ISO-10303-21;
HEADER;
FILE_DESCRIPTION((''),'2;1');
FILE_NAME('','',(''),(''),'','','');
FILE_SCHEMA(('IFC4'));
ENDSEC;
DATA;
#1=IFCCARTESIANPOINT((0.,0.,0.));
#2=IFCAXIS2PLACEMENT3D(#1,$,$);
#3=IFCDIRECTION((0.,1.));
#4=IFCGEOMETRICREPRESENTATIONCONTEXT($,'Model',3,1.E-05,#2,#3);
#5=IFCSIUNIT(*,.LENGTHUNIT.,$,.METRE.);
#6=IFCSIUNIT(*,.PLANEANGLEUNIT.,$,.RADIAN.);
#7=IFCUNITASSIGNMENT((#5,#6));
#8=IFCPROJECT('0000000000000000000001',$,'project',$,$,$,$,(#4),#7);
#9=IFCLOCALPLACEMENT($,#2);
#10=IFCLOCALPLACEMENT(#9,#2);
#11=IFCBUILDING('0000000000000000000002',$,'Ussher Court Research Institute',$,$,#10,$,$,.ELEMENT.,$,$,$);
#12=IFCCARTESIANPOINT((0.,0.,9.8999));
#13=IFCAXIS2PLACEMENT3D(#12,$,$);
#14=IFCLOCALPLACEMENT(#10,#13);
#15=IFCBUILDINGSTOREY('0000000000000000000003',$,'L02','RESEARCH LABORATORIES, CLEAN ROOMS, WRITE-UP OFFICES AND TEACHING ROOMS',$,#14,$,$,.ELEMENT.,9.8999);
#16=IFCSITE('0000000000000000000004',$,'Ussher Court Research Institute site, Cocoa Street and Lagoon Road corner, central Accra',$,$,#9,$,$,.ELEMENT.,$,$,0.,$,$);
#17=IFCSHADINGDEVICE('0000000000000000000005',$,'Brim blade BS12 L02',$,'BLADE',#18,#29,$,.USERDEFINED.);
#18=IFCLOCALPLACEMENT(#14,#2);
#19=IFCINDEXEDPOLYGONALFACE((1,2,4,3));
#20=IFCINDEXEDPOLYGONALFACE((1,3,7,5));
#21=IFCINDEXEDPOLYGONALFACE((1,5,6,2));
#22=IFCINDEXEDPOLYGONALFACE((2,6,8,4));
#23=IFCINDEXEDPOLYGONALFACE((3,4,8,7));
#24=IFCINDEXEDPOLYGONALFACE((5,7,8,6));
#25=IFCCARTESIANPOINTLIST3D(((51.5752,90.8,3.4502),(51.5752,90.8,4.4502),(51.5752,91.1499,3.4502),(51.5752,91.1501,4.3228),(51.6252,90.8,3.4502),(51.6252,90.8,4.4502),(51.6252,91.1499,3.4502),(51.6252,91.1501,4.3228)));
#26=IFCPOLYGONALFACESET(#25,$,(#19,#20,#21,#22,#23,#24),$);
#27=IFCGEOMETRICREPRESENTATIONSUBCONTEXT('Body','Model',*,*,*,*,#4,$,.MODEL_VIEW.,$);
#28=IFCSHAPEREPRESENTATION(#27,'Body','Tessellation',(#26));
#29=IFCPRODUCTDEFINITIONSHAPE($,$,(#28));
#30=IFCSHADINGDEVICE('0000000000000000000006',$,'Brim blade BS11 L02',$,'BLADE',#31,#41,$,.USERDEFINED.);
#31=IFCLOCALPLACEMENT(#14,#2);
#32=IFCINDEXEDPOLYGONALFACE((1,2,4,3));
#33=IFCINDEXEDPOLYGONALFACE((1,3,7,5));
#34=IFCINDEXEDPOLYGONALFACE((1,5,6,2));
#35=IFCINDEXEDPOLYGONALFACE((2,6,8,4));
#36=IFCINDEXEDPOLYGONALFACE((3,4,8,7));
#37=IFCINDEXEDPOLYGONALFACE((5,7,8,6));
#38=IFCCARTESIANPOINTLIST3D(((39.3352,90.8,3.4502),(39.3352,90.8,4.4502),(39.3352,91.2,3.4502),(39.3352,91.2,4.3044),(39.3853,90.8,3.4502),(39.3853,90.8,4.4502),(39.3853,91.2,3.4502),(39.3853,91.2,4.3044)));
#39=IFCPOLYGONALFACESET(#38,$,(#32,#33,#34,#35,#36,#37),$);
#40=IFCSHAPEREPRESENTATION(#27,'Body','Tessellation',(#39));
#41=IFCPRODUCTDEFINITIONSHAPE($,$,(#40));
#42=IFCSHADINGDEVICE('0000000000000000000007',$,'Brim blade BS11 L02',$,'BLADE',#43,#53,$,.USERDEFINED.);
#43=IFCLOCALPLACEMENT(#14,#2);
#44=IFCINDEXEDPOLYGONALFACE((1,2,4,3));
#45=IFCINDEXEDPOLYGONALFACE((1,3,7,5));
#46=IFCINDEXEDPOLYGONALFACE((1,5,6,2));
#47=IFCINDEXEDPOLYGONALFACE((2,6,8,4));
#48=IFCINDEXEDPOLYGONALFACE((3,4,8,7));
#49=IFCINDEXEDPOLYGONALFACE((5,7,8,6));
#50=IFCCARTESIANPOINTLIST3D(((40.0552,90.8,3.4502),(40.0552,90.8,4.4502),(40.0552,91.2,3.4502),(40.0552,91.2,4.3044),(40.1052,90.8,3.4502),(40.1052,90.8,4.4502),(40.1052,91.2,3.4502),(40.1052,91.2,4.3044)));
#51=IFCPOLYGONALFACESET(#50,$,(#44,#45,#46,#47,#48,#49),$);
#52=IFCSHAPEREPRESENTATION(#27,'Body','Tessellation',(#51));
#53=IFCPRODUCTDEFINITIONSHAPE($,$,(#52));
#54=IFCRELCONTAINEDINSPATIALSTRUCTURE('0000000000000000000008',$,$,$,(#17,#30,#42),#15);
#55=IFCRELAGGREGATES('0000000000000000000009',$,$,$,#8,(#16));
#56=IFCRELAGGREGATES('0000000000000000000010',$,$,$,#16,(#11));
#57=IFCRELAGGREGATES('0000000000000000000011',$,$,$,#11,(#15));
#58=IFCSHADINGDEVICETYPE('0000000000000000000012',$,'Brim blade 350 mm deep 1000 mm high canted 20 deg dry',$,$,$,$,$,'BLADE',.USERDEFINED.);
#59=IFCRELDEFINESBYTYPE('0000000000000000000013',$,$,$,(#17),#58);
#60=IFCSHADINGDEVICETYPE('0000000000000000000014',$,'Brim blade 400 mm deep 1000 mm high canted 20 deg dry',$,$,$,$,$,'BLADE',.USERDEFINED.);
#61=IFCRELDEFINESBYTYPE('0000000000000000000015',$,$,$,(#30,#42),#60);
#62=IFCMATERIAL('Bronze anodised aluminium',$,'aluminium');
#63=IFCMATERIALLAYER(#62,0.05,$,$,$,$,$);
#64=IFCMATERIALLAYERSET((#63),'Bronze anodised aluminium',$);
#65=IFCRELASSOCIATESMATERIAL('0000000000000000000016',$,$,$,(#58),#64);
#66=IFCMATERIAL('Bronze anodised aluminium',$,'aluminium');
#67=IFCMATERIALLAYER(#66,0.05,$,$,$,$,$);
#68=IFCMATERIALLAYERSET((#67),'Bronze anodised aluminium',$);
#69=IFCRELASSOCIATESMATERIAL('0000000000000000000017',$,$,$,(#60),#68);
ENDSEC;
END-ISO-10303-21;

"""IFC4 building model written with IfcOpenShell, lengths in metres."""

from ifc_helpers import new_model, si_unit, direction, frame, origin, place, context, subcontext, project, spatial, polyline, outline, extrude, material, layer, layer_set, type_object, element, save


model = new_model("IFC4")

# Units and contexts
model_context = context("Model", 3, precision=1e-05, world=origin(), true_north=direction((0.0, 1.0)))
body_context = subcontext(model_context, "Body", "Model", "MODEL_VIEW")
ifc_project = project(units=[si_unit("LENGTHUNIT", "METRE"), si_unit("PLANEANGLEUNIT", "RADIAN")], contexts=[model_context])

# Site, building, storey
site_placement = place(None, origin())
site = spatial("IfcSite", under=ifc_project, at=site_placement, Name="Ussher Court Research Institute site, Cocoa Street and Lagoon Road corner, central Accra", CompositionType="ELEMENT", RefElevation=0.0)
building_placement = place(site_placement, origin())
building = spatial("IfcBuilding", under=site, at=building_placement, Name="Ussher Court Research Institute", CompositionType="ELEMENT")
storey_placement = place(building_placement, frame((0.0, 0.0, 9.8999)))
storey = spatial("IfcBuildingStorey", under=building, at=storey_placement, Name="L02", Description="RESEARCH LABORATORIES, CLEAN ROOMS, WRITE-UP OFFICES AND TEACHING ROOMS", CompositionType="ELEMENT", Elevation=9.8999)

# Shading devices
ifc_material_1 = material(Name="Bronze anodised aluminium", Category="aluminium")
ifc_layer_1 = layer(ifc_material_1, 0.05)
ifc_layer_set_1 = layer_set([ifc_layer_1], Name="Bronze anodised aluminium")
shading_device_type_1 = type_object("IfcShadingDeviceType", Name="Brim blade 350 mm deep 1000 mm high canted 20 deg dry", ElementType="BLADE", PredefinedType="USERDEFINED", material=ifc_layer_set_1)
for number, where, z_axis, x_axis, name in (
    (1, (51.6001, 90.8, 3.4502), (0.0, 0.0, 1.0), (0.0, 1.0, 0.0), "Brim blade BS12 L02"),
):
    element("IfcShadingDevice", number, at=place(storey_placement, frame(where, z_axis=z_axis, x_axis=x_axis)), inside=storey, type_object=shading_device_type_1, Name=name, ObjectType="BLADE", PredefinedType="USERDEFINED", context=body_context, shape_type="SweptSolid", body=[
        extrude(outline(polyline([(0.0, 0.0), (0.3499, 0.0), (0.3501, 0.8726), (0.0, 1.0), (0.0, 0.0)])), frame((0.0, 0.0249, 0.0), z_axis=(0.0, -1.0, 0.0), x_axis=(1.0, 0.0, 0.0)), (0.0, 0.0, 1.0), 0.05),
    ])
ifc_material_2 = material(Name="Bronze anodised aluminium", Category="aluminium")
ifc_layer_2 = layer(ifc_material_2, 0.05)
ifc_layer_set_2 = layer_set([ifc_layer_2], Name="Bronze anodised aluminium")
shading_device_type_2 = type_object("IfcShadingDeviceType", Name="Brim blade 400 mm deep 1000 mm high canted 20 deg dry", ElementType="BLADE", PredefinedType="USERDEFINED", material=ifc_layer_set_2)
for number, where, z_axis, x_axis, name in (
    (2, (39.3601, 90.8, 3.4502), (0.0, 0.0, 1.0), (0.0, 1.0, 0.0), "Brim blade BS11 L02"),
    (3, (40.0801, 90.8, 3.4502), (0.0, 0.0, 1.0), (0.0, 1.0, 0.0), "Brim blade BS11 L02"),
):
    element("IfcShadingDevice", number, at=place(storey_placement, frame(where, z_axis=z_axis, x_axis=x_axis)), inside=storey, type_object=shading_device_type_2, Name=name, ObjectType="BLADE", PredefinedType="USERDEFINED", context=body_context, shape_type="SweptSolid", body=[
        extrude(outline(polyline([(0.0, 0.0), (0.3999, 0.0), (0.3999, 0.8542), (0.0, 1.0), (0.0, 0.0)])), frame((0.0, 0.0249, 0.0), z_axis=(0.0, -1.0, 0.0), x_axis=(1.0, 0.0, 0.0)), (0.0, 0.0, 1.0), 0.05),
    ])

save(model, "model.ifc")
